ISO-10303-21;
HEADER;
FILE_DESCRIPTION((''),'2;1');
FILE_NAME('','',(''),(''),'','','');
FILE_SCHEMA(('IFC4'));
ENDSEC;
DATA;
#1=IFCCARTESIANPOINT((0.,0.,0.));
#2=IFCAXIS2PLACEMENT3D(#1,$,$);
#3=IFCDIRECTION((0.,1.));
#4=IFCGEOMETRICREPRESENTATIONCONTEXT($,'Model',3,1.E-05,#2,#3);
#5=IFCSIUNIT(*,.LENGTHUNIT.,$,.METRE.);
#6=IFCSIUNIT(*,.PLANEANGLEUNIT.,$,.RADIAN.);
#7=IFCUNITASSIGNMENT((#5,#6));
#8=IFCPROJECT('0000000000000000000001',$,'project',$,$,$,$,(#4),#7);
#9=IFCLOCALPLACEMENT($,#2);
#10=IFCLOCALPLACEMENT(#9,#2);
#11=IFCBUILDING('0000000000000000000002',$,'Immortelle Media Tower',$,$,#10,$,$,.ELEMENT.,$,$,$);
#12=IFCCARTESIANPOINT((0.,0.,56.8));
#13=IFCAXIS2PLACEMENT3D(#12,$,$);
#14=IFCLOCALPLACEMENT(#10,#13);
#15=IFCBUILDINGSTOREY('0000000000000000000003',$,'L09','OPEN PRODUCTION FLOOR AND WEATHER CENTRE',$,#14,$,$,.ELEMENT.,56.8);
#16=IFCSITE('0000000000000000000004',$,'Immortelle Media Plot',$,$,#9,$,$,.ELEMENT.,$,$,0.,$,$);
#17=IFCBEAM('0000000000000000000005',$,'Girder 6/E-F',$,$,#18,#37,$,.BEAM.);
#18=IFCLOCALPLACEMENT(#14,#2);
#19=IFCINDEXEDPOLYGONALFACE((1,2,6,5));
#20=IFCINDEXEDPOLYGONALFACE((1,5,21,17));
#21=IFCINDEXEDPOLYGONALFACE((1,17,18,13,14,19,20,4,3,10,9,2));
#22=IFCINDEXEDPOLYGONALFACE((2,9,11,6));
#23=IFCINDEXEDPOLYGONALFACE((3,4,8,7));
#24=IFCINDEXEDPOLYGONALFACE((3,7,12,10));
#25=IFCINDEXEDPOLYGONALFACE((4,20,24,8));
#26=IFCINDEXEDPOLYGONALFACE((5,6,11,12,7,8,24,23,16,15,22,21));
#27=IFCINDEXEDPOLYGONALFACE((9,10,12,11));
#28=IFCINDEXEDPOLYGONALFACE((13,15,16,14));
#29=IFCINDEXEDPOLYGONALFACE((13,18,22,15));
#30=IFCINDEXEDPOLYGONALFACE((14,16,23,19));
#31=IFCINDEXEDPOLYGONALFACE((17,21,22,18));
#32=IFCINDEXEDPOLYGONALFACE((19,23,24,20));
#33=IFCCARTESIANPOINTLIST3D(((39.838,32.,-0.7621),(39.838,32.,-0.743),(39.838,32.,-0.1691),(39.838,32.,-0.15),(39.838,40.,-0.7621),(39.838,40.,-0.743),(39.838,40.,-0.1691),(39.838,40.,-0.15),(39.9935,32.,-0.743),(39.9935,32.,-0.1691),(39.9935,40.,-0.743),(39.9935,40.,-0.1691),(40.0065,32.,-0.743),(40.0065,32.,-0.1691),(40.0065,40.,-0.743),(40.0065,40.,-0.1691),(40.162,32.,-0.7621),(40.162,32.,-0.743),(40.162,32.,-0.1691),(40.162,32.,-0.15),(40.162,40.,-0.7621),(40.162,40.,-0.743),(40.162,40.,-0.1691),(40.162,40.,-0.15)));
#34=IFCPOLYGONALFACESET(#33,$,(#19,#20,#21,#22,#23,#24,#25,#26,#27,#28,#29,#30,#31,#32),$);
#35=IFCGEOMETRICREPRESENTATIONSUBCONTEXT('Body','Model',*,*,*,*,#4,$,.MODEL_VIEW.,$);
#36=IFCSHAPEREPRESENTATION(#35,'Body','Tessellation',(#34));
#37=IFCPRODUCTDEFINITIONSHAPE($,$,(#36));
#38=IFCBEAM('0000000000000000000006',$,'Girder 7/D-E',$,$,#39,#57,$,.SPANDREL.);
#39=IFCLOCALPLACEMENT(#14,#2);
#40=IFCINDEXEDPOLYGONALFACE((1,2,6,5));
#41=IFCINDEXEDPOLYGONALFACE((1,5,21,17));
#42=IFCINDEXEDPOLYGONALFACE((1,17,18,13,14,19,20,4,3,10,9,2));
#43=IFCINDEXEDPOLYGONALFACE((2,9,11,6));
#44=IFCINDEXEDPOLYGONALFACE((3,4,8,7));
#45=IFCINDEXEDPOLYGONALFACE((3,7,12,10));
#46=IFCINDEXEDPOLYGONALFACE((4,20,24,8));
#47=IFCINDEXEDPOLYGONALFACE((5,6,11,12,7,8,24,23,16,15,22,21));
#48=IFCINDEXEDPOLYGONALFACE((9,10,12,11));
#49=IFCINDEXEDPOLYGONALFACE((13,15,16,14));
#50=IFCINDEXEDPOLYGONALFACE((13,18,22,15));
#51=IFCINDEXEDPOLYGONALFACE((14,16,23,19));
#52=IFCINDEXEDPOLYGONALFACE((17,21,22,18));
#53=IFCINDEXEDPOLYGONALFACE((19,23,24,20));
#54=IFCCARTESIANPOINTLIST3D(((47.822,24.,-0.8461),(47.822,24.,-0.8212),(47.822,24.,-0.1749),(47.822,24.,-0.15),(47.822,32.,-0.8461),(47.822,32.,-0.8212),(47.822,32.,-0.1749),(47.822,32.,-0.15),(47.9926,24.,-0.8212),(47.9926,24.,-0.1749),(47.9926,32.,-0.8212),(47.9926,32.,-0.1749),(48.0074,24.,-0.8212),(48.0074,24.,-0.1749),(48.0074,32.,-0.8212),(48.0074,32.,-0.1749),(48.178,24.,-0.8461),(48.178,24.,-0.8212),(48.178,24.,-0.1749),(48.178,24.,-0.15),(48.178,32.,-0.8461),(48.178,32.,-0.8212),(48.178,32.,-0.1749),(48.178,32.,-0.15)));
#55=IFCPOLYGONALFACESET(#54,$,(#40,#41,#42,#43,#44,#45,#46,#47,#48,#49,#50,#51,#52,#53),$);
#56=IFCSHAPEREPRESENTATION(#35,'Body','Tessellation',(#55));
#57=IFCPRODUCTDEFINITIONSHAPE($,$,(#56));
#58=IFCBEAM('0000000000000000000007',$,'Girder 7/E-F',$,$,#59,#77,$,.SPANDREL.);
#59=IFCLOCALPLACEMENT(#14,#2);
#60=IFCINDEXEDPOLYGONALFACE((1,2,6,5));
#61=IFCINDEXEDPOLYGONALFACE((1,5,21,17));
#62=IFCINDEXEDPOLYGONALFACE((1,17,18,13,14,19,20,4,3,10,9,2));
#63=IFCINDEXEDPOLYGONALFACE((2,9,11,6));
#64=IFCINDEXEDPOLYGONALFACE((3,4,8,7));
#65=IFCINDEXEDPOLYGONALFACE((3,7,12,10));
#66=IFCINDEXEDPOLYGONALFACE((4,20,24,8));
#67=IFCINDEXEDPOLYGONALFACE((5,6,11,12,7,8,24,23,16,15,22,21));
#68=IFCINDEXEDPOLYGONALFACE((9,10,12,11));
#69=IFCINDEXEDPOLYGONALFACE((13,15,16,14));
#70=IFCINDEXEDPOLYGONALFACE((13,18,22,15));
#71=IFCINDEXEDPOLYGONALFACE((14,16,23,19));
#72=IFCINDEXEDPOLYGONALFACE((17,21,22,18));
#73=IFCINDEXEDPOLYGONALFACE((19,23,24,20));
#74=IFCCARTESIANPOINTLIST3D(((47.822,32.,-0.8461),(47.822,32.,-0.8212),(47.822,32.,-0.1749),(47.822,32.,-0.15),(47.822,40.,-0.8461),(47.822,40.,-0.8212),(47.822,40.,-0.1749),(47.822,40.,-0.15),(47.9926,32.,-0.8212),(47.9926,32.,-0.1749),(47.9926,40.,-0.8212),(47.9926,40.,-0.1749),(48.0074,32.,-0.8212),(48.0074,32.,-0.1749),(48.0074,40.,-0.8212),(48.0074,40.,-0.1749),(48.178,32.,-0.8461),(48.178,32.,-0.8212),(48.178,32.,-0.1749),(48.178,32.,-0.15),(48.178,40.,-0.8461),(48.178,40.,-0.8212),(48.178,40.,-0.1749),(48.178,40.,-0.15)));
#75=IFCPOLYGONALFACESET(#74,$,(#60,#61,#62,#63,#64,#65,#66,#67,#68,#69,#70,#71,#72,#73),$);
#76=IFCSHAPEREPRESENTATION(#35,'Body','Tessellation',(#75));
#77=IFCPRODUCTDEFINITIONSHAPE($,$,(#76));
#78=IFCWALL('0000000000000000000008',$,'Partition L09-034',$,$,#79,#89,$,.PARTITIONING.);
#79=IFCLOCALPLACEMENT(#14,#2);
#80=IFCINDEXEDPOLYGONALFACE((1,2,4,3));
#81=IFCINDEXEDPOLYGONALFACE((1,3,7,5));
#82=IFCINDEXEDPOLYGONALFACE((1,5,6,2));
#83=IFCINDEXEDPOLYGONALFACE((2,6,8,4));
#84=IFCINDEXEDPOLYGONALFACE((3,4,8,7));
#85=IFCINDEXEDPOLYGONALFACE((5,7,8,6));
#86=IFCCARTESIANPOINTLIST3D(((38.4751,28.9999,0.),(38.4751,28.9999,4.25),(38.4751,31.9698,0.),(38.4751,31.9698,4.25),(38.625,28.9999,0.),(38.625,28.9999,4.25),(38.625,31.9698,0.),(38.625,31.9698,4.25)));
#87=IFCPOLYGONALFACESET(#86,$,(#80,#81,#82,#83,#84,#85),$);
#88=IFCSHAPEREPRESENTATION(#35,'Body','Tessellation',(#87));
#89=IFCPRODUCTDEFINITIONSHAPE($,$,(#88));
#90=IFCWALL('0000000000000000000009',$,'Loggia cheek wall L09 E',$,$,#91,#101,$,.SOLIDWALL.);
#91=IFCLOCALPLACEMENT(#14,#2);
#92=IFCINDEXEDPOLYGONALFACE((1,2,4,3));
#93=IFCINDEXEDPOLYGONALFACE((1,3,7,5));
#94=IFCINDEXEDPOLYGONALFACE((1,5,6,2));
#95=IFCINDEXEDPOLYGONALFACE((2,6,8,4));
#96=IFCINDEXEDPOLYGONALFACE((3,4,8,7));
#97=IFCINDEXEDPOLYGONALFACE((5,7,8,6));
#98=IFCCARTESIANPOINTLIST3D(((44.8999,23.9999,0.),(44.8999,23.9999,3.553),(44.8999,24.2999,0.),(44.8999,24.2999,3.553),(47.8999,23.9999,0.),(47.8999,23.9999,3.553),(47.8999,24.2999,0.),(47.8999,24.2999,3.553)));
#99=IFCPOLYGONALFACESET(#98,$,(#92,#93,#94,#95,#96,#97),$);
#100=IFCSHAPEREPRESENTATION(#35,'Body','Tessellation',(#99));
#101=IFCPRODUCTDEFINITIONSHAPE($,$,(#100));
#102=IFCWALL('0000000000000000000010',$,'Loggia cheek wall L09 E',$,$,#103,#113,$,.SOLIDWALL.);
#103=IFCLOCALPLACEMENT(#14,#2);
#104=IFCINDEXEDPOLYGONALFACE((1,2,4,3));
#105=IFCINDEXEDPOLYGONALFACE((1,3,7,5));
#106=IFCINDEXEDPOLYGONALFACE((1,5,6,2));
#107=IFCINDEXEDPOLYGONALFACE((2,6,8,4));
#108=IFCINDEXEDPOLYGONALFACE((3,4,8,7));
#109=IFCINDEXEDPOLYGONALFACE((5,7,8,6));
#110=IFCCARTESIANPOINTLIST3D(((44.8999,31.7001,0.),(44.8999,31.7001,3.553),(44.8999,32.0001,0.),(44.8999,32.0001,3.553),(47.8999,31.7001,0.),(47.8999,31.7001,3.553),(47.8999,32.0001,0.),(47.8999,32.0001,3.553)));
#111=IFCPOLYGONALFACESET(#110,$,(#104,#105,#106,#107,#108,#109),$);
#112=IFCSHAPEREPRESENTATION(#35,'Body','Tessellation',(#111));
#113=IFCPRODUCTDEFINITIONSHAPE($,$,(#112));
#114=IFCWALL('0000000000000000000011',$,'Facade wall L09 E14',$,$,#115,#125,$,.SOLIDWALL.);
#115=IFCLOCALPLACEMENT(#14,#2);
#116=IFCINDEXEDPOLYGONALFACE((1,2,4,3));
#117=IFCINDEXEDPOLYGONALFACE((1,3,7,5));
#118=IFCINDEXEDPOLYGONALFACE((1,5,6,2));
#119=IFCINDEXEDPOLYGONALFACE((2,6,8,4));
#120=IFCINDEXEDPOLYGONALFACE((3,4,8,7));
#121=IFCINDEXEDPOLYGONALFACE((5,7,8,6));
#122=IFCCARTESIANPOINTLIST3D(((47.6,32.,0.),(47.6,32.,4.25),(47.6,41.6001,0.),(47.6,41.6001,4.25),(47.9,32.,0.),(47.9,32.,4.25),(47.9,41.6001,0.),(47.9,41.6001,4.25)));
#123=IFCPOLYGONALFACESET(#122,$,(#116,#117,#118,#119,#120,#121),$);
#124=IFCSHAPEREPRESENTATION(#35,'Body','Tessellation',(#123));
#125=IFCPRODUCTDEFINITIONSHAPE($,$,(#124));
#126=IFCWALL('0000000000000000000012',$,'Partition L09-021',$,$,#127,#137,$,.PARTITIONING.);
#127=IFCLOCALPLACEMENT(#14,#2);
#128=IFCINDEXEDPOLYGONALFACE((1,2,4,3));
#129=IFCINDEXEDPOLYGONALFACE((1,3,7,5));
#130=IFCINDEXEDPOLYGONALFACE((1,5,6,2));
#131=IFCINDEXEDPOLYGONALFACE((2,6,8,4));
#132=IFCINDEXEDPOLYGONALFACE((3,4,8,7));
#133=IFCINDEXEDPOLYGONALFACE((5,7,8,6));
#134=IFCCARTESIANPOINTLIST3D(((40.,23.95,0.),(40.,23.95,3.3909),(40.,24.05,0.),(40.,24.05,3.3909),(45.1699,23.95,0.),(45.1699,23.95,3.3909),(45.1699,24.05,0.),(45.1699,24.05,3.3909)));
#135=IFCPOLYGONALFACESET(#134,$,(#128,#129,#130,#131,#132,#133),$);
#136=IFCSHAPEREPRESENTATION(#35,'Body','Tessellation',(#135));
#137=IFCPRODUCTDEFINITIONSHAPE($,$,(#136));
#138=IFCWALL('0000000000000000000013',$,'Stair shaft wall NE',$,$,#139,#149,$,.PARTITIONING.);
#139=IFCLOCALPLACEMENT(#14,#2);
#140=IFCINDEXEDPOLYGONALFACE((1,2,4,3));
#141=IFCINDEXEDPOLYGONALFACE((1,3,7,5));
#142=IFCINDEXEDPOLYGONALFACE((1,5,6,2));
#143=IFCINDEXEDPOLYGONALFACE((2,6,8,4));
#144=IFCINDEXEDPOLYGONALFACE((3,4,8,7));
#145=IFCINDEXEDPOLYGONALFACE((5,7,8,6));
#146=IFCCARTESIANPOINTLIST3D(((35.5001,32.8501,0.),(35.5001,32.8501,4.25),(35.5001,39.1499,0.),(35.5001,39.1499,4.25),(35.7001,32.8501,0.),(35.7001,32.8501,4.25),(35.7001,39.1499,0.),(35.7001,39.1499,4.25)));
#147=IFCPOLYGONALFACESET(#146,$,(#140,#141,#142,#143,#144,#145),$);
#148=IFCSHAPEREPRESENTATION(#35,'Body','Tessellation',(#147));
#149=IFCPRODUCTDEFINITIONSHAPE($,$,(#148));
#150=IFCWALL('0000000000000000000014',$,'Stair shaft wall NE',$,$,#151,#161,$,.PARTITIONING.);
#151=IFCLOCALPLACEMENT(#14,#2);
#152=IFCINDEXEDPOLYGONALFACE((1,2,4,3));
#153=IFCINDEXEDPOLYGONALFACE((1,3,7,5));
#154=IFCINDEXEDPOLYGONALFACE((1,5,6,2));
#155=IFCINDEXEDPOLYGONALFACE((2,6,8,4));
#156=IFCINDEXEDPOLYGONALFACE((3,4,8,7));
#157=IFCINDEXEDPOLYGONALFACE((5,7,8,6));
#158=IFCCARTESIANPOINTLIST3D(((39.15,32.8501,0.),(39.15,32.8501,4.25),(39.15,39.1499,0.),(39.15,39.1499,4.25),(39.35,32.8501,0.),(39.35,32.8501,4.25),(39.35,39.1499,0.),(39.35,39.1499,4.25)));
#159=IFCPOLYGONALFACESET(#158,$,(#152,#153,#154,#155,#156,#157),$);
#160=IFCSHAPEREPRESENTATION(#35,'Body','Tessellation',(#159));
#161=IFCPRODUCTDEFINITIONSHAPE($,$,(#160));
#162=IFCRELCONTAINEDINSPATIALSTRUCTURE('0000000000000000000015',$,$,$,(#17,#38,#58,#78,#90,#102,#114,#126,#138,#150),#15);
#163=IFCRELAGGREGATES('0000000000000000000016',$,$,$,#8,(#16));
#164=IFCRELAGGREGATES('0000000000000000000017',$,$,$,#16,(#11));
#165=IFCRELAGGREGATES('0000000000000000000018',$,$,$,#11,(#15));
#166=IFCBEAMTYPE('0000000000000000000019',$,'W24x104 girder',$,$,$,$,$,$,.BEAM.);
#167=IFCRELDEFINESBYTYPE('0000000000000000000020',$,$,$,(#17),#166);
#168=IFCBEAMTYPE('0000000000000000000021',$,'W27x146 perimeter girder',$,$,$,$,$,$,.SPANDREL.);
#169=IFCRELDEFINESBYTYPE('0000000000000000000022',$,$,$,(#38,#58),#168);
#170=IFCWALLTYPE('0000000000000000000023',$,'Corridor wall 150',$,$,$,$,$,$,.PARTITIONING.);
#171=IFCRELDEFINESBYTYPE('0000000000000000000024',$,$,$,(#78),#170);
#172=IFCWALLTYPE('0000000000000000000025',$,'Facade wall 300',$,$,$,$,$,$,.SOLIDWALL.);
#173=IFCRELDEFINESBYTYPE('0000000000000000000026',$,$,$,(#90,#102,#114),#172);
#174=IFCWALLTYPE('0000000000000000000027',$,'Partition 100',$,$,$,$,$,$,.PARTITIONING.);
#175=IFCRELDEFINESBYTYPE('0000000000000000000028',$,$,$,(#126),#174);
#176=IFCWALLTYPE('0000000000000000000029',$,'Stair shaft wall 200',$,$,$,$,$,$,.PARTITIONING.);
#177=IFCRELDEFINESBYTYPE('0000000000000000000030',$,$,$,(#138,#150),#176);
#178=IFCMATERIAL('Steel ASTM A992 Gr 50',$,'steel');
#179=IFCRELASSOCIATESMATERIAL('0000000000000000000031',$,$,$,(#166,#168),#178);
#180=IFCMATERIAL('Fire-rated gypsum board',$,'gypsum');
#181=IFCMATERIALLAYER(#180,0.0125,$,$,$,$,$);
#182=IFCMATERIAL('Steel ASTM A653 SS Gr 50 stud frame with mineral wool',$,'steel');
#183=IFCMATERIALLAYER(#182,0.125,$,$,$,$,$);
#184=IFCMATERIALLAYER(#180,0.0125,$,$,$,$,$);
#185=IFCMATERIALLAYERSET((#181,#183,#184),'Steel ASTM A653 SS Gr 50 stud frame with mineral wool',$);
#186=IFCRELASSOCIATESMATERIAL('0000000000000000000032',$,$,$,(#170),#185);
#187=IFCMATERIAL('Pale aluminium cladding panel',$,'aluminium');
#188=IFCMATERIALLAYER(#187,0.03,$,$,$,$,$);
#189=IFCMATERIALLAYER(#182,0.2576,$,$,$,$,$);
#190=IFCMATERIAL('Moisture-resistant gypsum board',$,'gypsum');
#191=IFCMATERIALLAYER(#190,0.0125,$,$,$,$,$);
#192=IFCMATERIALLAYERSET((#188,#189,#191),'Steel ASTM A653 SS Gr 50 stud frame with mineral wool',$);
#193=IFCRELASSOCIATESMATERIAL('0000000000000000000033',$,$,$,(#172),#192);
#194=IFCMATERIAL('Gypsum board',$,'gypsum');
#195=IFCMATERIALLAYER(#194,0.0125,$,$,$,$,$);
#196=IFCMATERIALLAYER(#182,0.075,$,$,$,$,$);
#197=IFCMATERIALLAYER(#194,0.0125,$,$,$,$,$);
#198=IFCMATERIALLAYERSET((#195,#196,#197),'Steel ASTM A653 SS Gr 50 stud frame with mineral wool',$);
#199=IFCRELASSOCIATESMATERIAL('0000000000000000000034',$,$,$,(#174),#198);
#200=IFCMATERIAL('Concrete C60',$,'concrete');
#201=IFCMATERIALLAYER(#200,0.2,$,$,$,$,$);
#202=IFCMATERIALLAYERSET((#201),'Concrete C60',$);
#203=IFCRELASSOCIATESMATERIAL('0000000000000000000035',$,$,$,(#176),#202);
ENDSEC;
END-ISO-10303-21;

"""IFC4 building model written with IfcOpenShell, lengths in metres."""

from ifc_helpers import new_model, si_unit, direction, frame, frame_2d, origin, origin_2d, place, context, subcontext, project, spatial, rectangle, i_section, extrude, material, layer, layer_set, material_profile, profile_set, type_object, element, save


model = new_model("IFC4")

# Units and contexts
model_context = context("Model", 3, precision=1e-05, world=origin(), true_north=direction((0.0, 1.0)))
body_context = subcontext(model_context, "Body", "Model", "MODEL_VIEW")
ifc_project = project(units=[si_unit("LENGTHUNIT", "METRE"), si_unit("PLANEANGLEUNIT", "RADIAN")], contexts=[model_context])

# Site, building, storey
site_placement = place(None, origin())
site = spatial("IfcSite", under=ifc_project, at=site_placement, Name="Immortelle Media Plot", CompositionType="ELEMENT", RefElevation=0.0)
building_placement = place(site_placement, origin())
building = spatial("IfcBuilding", under=site, at=building_placement, Name="Immortelle Media Tower", CompositionType="ELEMENT")
storey_placement = place(building_placement, frame((0.0, 0.0, 56.8)))
storey = spatial("IfcBuildingStorey", under=building, at=storey_placement, Name="L09", Description="OPEN PRODUCTION FLOOR AND WEATHER CENTRE", CompositionType="ELEMENT", Elevation=56.8)

# Shared definitions
ifc_material_1 = material(Name="Steel ASTM A992 Gr 50", Category="steel")

# Beams
ifc_material_profile_1 = material_profile(ifc_material_1, i_section(OverallWidth=0.324, OverallDepth=0.6121, WebThickness=0.0129, FlangeThickness=0.019, at=origin_2d()), Name="W24x104")
ifc_profile_set_1 = profile_set([ifc_material_profile_1], Name="Steel ASTM A992 Gr 50")
beam_type_1 = type_object("IfcBeamType", Name="W24x104 girder", PredefinedType="BEAM", material=ifc_profile_set_1)
for number, where, z_axis, x_axis, name in (
    (1, (40.0, 32.0, -0.4561), (0.0, 1.0, 0.0), (-1.0, 0.0, 0.0), "Girder 6/E-F"),
):
    element("IfcBeam", number, at=place(storey_placement, frame(where, z_axis=z_axis, x_axis=x_axis)), inside=storey, type_object=beam_type_1, Name=name, PredefinedType="BEAM", context=body_context, shape_type="SweptSolid", body=[
        extrude(i_section(OverallWidth=0.324, OverallDepth=0.6121, WebThickness=0.0129, FlangeThickness=0.019, at=origin_2d()), origin(), (0.0, 0.0, 1.0), 8.0),
    ])
ifc_material_profile_2 = material_profile(ifc_material_1, i_section(OverallWidth=0.356, OverallDepth=0.696, WebThickness=0.0149, FlangeThickness=0.0249, at=origin_2d()), Name="W27x146")
ifc_profile_set_2 = profile_set([ifc_material_profile_2], Name="Steel ASTM A992 Gr 50")
beam_type_2 = type_object("IfcBeamType", Name="W27x146 perimeter girder", PredefinedType="SPANDREL", material=ifc_profile_set_2)
for number, where, z_axis, x_axis, name in (
    (2, (48.0, 24.0, -0.498), (0.0, 1.0, 0.0), (-1.0, 0.0, 0.0), "Girder 7/D-E"),
    (3, (48.0, 32.0, -0.498), (0.0, 1.0, 0.0), (-1.0, 0.0, 0.0), "Girder 7/E-F"),
):
    element("IfcBeam", number, at=place(storey_placement, frame(where, z_axis=z_axis, x_axis=x_axis)), inside=storey, type_object=beam_type_2, Name=name, PredefinedType="SPANDREL", context=body_context, shape_type="SweptSolid", body=[
        extrude(i_section(OverallWidth=0.356, OverallDepth=0.696, WebThickness=0.0149, FlangeThickness=0.0249, at=origin_2d()), origin(), (0.0, 0.0, 1.0), 8.0),
    ])

# Wall
ifc_material_2 = material(Name="Fire-rated gypsum board", Category="gypsum")
ifc_layer_1 = layer(ifc_material_2, 0.0125)
ifc_material_3 = material(Name="Steel ASTM A653 SS Gr 50 stud frame with mineral wool", Category="steel")
ifc_layer_2 = layer(ifc_material_3, 0.125)
ifc_layer_3 = layer(ifc_material_2, 0.0125)
ifc_layer_set_1 = layer_set([ifc_layer_1, ifc_layer_2, ifc_layer_3], Name="Steel ASTM A653 SS Gr 50 stud frame with mineral wool")
wall_type_1 = type_object("IfcWallType", Name="Corridor wall 150", PredefinedType="PARTITIONING", material=ifc_layer_set_1)
wall_1_placement = place(storey_placement, frame((38.55, 29.0, 0.0), z_axis=(0.0, 0.0, 1.0), x_axis=(0.0, 1.0, 0.0)))
element("IfcWall", 4, at=wall_1_placement, inside=storey, type_object=wall_type_1, Name="Partition L09-034", PredefinedType="PARTITIONING", context=body_context, shape_type="SweptSolid", body=[
    extrude(rectangle(XDim=2.97, YDim=0.1499, at=frame_2d((1.4849, 0.0))), origin(), (0.0, 0.0, 1.0), 4.25),
])

# Shared definitions
ifc_material_4 = material(Name="Pale aluminium cladding panel", Category="aluminium")
ifc_layer_4 = layer(ifc_material_4, 0.03)
ifc_layer_5 = layer(ifc_material_3, 0.2576)
ifc_material_5 = material(Name="Moisture-resistant gypsum board", Category="gypsum")
ifc_layer_6 = layer(ifc_material_5, 0.0125)
ifc_layer_set_2 = layer_set([ifc_layer_4, ifc_layer_5, ifc_layer_6], Name="Steel ASTM A653 SS Gr 50 stud frame with mineral wool")
wall_type_2 = type_object("IfcWallType", Name="Facade wall 300", PredefinedType="SOLIDWALL", material=ifc_layer_set_2)

# Walls
for number, where, z_axis, x_axis, name in (
    (5, (47.8999, 24.1499, 0.0), (0.0, 0.0, 1.0), (-1.0, 0.0, 0.0), "Loggia cheek wall L09 E"),
    (6, (47.8999, 31.8501, 0.0), (0.0, 0.0, 1.0), (-1.0, 0.0, 0.0), "Loggia cheek wall L09 E"),
):
    element("IfcWall", number, at=place(storey_placement, frame(where, z_axis=z_axis, x_axis=x_axis)), inside=storey, type_object=wall_type_2, Name=name, PredefinedType="SOLIDWALL", context=body_context, shape_type="SweptSolid", body=[
        extrude(rectangle(XDim=3.0, YDim=0.3, at=frame_2d((1.5, 0.0))), origin(), (0.0, 0.0, 1.0), 3.553),
    ])
wall_2_placement = place(storey_placement, frame((47.75, 32.0, 0.0), z_axis=(0.0, 0.0, 1.0), x_axis=(0.0, 1.0, 0.0)))
element("IfcWall", 7, at=wall_2_placement, inside=storey, type_object=wall_type_2, Name="Facade wall L09 E14", PredefinedType="SOLIDWALL", context=body_context, shape_type="SweptSolid", body=[
    extrude(rectangle(XDim=9.6001, YDim=0.3, at=frame_2d((4.8, 0.0))), origin(), (0.0, 0.0, 1.0), 4.25),
])
ifc_material_6 = material(Name="Gypsum board", Category="gypsum")
ifc_layer_7 = layer(ifc_material_6, 0.0125)
ifc_layer_8 = layer(ifc_material_3, 0.075)
ifc_layer_9 = layer(ifc_material_6, 0.0125)
ifc_layer_set_3 = layer_set([ifc_layer_7, ifc_layer_8, ifc_layer_9], Name="Steel ASTM A653 SS Gr 50 stud frame with mineral wool")
wall_type_3 = type_object("IfcWallType", Name="Partition 100", PredefinedType="PARTITIONING", material=ifc_layer_set_3)
wall_3_placement = place(storey_placement, frame((40.0, 24.0, 0.0), z_axis=(0.0, 0.0, 1.0), x_axis=(1.0, 0.0, 0.0)))
element("IfcWall", 8, at=wall_3_placement, inside=storey, type_object=wall_type_3, Name="Partition L09-021", PredefinedType="PARTITIONING", context=body_context, shape_type="SweptSolid", body=[
    extrude(rectangle(XDim=5.1699, YDim=0.1001, at=frame_2d((2.585, 0.0))), origin(), (0.0, 0.0, 1.0), 3.3909),
])
ifc_material_7 = material(Name="Concrete C60", Category="concrete")
ifc_layer_10 = layer(ifc_material_7, 0.2)
ifc_layer_set_4 = layer_set([ifc_layer_10], Name="Concrete C60")
wall_type_4 = type_object("IfcWallType", Name="Stair shaft wall 200", PredefinedType="PARTITIONING", material=ifc_layer_set_4)
for number, where, z_axis, x_axis, name in (
    (9, (35.6001, 32.8501, 0.0), (0.0, 0.0, 1.0), (0.0, 1.0, 0.0), "Stair shaft wall NE"),
    (10, (39.25, 32.8501, 0.0), (0.0, 0.0, 1.0), (0.0, 1.0, 0.0), "Stair shaft wall NE"),
):
    element("IfcWall", number, at=place(storey_placement, frame(where, z_axis=z_axis, x_axis=x_axis)), inside=storey, type_object=wall_type_4, Name=name, PredefinedType="PARTITIONING", context=body_context, shape_type="SweptSolid", body=[
        extrude(rectangle(XDim=6.2998, YDim=0.2, at=frame_2d((3.1499, 0.0))), origin(), (0.0, 0.0, 1.0), 4.25),
    ])

save(model, "model.ifc")
